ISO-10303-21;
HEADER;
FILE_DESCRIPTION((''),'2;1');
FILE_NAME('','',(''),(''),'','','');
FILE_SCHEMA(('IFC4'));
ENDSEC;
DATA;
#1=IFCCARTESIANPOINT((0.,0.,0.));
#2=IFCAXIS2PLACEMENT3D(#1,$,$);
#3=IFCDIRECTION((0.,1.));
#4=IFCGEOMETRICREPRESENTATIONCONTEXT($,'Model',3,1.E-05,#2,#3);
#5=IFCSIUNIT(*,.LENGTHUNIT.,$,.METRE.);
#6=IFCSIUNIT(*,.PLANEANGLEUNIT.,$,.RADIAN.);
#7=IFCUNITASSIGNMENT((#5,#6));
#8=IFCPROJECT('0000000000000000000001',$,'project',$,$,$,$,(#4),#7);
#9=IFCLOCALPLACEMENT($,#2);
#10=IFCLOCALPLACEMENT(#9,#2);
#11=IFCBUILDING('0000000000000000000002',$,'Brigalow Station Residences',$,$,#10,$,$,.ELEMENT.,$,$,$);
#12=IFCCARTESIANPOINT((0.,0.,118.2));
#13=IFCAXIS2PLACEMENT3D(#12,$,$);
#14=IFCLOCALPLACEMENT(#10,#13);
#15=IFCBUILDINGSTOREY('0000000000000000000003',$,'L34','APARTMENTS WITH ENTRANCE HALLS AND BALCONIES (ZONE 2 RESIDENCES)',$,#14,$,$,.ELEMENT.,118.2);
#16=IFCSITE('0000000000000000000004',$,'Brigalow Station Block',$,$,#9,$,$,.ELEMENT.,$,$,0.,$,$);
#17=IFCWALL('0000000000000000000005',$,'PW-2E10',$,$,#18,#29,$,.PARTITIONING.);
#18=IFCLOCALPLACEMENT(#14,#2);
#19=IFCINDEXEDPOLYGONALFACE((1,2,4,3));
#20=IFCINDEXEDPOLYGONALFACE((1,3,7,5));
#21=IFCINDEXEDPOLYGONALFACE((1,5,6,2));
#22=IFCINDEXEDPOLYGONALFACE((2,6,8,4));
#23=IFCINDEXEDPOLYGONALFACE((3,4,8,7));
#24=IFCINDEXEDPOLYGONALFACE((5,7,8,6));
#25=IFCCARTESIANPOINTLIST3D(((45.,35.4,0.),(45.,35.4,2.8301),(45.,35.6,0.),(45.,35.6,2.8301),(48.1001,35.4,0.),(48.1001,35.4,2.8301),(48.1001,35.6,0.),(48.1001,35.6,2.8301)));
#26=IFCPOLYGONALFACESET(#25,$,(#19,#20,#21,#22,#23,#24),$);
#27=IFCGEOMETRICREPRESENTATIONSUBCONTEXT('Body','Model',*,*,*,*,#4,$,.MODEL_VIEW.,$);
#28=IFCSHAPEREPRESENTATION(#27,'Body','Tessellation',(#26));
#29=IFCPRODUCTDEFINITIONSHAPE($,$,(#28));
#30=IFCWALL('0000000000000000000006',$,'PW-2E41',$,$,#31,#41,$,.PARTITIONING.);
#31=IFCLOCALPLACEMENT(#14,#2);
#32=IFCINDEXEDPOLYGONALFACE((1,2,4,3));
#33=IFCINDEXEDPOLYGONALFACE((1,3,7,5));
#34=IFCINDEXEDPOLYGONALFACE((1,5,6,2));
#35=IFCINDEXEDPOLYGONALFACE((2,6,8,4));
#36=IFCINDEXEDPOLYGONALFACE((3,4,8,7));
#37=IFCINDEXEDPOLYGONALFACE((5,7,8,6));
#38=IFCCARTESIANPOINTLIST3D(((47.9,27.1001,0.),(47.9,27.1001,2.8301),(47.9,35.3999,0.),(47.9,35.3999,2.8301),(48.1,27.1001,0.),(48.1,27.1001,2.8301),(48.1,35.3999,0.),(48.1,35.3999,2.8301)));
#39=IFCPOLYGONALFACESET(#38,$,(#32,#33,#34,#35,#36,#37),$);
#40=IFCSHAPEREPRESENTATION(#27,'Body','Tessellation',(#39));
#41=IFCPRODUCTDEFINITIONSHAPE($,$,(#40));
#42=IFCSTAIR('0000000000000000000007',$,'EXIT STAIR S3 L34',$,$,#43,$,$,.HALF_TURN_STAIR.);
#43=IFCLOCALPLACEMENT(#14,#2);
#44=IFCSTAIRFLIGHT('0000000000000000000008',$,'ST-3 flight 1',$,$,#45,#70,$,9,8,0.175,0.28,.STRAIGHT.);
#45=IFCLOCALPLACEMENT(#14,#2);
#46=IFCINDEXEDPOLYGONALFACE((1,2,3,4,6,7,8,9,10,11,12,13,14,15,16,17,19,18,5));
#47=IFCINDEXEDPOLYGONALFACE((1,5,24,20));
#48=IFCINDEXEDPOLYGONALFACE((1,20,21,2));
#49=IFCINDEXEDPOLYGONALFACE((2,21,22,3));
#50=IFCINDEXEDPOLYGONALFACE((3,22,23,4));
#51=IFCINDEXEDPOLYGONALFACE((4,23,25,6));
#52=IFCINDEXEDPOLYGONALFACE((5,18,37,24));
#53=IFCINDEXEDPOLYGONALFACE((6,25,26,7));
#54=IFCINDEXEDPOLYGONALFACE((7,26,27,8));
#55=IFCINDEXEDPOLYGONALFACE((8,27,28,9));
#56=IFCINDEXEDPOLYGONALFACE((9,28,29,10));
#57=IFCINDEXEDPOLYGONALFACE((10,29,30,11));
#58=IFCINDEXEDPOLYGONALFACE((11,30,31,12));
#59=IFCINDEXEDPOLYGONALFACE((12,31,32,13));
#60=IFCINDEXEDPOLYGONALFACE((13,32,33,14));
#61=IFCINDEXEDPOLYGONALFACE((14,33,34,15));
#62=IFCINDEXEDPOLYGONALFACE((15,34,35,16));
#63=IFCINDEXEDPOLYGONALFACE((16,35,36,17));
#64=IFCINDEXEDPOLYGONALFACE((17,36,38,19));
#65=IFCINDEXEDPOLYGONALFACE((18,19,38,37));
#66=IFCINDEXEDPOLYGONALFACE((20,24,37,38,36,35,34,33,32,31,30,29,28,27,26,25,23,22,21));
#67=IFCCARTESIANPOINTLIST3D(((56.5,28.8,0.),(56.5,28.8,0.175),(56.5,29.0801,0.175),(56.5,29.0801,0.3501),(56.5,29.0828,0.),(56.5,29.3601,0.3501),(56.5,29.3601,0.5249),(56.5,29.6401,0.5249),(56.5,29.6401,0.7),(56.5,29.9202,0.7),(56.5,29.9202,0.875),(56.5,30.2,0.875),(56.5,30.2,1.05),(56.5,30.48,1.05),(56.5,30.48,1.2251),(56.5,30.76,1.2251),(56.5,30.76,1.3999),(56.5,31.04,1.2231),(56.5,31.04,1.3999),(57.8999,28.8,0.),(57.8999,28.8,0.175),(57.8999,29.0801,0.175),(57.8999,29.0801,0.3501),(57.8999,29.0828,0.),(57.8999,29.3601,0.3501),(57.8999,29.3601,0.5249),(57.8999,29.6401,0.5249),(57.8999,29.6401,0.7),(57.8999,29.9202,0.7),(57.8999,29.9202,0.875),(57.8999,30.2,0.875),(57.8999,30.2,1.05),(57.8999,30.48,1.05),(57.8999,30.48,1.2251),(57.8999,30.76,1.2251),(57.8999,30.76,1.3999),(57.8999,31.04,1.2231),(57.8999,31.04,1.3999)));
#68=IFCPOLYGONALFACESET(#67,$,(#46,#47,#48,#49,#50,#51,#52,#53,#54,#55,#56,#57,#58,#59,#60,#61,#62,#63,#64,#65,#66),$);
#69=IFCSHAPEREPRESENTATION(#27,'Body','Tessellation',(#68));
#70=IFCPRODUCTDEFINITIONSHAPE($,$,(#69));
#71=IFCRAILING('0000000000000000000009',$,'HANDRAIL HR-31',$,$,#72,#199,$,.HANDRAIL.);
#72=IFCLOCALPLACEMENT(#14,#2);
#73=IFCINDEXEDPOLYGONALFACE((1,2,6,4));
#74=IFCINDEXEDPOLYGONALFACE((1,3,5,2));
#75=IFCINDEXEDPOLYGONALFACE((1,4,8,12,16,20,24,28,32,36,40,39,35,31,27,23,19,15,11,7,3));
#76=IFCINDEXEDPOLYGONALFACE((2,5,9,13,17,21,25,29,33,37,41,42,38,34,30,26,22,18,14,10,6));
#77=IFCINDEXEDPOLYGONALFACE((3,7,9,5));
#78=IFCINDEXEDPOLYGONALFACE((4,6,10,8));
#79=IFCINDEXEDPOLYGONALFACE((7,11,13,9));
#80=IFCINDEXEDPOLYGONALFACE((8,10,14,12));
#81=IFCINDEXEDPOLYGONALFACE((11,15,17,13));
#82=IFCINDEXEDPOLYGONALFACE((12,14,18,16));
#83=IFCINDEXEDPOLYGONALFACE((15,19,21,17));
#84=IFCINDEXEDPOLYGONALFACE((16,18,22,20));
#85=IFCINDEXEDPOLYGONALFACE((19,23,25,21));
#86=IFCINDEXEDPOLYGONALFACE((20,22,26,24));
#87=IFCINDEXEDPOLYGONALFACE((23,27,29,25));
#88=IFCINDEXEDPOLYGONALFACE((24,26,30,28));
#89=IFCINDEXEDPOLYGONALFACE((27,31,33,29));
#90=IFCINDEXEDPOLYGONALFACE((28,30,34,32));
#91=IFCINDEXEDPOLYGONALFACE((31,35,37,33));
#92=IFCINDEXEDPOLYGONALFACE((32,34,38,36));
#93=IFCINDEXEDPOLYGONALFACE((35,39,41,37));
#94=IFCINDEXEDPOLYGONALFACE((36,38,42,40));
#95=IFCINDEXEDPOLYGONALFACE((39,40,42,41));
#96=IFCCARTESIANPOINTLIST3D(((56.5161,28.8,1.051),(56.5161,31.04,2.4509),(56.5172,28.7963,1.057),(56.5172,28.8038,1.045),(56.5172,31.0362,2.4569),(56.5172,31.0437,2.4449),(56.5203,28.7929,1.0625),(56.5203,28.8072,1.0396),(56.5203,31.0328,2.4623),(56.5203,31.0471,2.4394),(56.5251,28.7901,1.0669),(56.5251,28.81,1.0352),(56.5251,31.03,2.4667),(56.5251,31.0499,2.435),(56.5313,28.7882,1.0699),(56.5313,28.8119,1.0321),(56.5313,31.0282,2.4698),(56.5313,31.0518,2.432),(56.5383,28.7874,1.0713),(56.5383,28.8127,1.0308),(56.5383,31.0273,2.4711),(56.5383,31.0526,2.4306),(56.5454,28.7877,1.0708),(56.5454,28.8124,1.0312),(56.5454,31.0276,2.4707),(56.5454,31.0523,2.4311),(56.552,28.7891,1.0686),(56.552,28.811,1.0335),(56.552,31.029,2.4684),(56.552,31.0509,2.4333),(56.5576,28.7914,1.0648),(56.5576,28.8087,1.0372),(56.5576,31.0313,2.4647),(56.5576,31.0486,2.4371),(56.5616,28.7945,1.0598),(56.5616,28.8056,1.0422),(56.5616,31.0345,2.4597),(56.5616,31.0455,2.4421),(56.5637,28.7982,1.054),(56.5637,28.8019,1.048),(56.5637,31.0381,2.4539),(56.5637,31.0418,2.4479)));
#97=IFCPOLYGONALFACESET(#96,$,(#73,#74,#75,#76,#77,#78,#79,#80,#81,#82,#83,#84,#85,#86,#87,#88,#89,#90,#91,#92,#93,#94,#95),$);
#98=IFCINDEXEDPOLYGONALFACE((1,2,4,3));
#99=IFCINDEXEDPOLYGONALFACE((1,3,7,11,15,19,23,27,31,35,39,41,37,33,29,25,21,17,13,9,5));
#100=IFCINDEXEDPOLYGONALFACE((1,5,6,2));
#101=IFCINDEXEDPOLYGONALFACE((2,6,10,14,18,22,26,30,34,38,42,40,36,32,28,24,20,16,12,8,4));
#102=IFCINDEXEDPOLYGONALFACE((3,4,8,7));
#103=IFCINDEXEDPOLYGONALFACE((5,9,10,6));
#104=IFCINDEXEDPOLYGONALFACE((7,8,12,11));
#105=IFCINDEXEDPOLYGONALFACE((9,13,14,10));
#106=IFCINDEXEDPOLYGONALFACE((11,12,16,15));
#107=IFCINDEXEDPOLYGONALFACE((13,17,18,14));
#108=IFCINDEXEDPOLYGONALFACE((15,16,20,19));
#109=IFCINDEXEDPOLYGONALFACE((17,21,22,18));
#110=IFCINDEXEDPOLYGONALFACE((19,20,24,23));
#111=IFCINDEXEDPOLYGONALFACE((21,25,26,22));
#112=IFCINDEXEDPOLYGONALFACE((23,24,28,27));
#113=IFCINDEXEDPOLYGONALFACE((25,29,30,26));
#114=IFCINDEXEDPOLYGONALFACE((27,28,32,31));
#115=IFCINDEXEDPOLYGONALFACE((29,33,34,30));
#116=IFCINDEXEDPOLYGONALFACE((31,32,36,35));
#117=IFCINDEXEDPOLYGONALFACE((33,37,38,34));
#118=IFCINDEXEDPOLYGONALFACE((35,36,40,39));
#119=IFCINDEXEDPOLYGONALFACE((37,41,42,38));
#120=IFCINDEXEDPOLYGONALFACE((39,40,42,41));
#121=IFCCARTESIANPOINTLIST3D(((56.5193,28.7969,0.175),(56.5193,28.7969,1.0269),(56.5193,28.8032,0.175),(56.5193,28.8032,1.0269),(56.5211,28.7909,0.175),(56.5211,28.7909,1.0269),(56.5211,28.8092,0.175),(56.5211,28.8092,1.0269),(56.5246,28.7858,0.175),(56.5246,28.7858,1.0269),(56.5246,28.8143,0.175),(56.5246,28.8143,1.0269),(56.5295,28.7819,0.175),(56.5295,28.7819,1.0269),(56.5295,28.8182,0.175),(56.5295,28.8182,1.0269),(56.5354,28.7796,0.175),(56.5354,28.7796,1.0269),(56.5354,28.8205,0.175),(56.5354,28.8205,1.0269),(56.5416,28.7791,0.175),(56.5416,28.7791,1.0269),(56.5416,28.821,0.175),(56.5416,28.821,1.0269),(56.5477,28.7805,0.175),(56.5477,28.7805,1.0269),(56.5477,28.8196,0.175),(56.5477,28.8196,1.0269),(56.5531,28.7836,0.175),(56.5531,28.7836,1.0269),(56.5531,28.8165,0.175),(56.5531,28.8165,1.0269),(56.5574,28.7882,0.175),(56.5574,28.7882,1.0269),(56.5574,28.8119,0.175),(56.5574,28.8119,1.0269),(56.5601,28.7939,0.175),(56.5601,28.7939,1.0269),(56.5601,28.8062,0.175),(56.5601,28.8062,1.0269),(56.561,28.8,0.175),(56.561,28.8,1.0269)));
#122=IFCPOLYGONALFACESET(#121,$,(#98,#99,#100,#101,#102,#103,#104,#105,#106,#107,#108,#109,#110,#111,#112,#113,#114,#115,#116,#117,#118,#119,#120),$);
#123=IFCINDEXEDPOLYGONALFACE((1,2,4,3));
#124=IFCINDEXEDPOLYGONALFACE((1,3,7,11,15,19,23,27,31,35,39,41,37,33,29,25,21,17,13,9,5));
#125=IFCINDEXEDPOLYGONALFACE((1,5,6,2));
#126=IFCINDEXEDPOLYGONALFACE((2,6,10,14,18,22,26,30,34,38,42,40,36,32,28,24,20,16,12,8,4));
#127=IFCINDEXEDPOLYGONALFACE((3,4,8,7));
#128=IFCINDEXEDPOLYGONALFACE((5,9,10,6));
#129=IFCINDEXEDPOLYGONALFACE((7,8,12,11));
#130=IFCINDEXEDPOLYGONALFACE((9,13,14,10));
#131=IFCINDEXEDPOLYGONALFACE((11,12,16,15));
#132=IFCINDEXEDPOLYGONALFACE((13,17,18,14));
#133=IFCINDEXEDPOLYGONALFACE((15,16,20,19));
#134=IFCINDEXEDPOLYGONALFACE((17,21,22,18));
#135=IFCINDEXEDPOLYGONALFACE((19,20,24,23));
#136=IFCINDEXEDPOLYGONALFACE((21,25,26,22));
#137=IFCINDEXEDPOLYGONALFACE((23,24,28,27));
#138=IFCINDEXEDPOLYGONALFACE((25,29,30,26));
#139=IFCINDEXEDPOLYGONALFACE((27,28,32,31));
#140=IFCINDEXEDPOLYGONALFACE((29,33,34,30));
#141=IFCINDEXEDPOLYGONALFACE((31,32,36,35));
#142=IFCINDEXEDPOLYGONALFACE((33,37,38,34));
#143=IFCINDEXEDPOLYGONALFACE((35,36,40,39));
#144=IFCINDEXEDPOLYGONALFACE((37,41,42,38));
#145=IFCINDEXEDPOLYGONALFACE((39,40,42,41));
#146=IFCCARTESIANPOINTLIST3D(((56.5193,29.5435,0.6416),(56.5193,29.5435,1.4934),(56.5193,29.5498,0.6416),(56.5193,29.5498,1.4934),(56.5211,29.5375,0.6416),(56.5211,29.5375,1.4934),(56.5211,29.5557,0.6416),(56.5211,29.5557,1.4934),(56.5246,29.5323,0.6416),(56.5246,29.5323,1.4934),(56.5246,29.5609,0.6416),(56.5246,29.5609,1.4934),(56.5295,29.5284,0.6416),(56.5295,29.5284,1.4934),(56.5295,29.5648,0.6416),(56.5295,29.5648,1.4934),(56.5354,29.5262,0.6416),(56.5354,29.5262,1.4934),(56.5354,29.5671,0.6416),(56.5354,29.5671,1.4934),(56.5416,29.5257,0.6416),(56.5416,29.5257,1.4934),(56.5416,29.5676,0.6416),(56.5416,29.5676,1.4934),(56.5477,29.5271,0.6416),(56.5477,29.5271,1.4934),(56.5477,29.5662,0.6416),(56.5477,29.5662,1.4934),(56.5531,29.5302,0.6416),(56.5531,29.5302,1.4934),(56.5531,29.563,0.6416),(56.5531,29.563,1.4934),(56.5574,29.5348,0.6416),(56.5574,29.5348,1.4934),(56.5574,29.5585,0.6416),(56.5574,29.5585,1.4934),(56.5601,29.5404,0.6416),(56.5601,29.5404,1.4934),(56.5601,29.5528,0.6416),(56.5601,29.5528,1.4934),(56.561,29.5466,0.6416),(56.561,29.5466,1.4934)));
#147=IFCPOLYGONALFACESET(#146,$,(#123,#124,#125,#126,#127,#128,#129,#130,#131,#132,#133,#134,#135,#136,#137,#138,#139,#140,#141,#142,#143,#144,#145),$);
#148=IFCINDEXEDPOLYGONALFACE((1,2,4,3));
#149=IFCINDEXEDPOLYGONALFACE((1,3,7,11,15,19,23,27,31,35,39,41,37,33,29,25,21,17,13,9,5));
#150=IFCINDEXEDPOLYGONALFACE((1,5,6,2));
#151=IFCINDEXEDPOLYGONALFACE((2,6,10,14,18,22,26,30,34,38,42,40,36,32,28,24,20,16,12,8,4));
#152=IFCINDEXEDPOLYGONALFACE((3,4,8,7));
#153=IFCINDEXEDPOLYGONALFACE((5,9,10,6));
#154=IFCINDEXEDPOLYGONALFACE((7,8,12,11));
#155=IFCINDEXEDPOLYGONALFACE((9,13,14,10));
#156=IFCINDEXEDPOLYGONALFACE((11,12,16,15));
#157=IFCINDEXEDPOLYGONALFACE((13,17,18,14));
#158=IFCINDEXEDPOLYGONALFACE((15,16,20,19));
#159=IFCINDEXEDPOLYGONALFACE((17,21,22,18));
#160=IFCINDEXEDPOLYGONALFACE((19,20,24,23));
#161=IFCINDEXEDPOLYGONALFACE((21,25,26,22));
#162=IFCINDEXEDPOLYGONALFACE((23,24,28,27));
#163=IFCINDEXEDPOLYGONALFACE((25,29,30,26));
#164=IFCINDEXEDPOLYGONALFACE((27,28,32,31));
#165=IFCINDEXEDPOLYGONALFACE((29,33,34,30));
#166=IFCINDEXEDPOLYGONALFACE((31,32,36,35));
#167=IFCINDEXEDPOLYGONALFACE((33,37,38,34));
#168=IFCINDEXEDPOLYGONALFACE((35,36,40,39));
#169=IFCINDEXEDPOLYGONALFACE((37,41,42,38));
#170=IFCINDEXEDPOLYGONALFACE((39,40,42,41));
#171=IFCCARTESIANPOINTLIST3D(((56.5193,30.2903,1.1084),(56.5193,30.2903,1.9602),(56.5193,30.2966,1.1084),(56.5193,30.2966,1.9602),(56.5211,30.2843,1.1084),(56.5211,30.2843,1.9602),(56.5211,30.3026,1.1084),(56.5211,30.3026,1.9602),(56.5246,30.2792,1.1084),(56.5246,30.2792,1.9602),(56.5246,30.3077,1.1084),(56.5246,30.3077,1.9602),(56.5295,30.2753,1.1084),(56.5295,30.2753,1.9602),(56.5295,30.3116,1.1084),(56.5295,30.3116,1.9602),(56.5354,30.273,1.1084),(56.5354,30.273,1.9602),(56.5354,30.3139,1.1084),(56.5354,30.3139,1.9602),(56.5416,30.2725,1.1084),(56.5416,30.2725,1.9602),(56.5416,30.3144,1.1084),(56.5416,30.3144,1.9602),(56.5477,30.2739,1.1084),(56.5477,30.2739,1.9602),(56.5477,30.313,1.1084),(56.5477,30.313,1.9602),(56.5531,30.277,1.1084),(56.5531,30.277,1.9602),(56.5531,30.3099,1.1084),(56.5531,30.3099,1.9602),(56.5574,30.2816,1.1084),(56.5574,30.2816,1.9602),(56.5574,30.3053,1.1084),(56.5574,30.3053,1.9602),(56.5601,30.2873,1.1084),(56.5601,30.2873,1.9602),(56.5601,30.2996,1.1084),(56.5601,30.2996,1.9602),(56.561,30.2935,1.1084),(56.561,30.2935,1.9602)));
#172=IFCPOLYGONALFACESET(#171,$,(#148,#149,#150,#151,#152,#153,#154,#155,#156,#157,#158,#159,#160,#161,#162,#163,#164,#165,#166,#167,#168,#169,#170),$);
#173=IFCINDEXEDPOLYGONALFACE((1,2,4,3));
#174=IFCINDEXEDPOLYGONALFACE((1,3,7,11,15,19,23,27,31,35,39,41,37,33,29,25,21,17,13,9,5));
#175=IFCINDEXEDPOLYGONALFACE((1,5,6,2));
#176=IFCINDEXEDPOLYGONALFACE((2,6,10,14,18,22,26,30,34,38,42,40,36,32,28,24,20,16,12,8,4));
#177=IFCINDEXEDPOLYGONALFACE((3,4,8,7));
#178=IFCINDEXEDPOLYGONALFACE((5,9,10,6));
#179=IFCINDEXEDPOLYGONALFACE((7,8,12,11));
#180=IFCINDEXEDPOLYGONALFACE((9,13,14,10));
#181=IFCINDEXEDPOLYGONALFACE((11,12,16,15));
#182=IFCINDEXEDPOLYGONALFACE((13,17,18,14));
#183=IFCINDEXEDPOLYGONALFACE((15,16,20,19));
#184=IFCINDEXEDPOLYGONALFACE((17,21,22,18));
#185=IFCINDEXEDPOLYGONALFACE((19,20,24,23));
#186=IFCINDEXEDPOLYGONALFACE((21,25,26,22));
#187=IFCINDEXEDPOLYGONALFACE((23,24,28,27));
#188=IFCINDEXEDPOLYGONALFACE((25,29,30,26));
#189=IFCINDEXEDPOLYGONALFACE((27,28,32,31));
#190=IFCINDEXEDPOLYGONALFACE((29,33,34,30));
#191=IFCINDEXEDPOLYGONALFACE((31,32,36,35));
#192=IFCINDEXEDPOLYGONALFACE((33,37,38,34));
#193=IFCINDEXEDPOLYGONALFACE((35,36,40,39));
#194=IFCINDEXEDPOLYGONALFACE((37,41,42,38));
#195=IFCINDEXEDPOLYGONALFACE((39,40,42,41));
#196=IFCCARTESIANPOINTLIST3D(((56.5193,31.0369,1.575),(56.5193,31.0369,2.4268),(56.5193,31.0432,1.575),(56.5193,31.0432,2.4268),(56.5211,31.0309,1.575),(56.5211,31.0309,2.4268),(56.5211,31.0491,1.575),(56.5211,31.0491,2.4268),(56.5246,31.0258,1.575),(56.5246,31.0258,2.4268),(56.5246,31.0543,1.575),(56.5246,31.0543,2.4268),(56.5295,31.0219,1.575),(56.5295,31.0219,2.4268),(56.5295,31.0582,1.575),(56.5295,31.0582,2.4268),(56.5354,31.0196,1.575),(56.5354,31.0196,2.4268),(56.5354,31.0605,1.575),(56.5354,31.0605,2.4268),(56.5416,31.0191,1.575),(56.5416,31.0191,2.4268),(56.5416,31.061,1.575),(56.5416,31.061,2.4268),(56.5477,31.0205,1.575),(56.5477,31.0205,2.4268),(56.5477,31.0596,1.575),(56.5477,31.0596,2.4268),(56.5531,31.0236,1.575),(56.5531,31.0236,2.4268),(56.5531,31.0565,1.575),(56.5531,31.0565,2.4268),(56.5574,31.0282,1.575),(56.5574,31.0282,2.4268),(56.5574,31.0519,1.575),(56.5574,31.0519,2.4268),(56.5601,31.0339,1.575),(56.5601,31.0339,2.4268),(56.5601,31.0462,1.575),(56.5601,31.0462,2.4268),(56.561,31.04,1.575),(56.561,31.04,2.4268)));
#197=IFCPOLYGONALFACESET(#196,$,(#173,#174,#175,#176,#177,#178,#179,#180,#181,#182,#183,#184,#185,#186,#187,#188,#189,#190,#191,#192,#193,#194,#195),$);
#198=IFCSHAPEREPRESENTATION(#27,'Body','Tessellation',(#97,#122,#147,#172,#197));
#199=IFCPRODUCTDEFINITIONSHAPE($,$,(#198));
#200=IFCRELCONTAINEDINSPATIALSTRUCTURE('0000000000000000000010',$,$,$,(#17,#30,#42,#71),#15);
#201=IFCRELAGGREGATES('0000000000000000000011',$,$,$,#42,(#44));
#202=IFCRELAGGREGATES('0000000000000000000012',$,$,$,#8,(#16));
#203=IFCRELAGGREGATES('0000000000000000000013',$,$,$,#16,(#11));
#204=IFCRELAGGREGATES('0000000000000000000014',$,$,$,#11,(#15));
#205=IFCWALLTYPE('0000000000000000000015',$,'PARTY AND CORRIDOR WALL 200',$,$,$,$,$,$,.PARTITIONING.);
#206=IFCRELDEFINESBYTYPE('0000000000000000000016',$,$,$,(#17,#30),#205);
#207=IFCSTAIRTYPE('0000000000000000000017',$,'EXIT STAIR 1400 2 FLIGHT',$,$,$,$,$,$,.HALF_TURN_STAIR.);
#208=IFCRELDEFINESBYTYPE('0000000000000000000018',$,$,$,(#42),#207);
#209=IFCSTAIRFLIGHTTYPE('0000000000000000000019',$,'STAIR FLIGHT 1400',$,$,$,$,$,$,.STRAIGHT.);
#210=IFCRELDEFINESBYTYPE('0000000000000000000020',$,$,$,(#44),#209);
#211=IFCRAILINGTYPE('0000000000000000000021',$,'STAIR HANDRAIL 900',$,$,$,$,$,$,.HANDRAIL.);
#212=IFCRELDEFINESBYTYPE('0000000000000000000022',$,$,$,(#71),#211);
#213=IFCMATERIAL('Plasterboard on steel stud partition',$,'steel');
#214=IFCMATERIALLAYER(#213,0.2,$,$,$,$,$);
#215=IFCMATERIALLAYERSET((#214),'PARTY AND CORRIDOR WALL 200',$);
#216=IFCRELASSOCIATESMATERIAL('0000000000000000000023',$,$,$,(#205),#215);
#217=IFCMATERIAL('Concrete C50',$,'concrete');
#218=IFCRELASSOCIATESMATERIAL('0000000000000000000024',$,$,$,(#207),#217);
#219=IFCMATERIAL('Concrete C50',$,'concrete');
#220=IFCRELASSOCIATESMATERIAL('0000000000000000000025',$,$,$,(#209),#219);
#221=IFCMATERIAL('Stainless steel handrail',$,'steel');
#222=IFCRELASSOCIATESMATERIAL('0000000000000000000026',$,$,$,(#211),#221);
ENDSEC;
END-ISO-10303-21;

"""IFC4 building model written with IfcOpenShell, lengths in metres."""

from ifc_helpers import new_model, si_unit, direction, frame, frame_2d, origin, origin_2d, place, context, subcontext, project, spatial, polyline, rectangle, circle, outline, extrude, material, layer, layer_set, type_object, element, aggregate, save


model = new_model("IFC4")

# Units and contexts
model_context = context("Model", 3, precision=1e-05, world=origin(), true_north=direction((0.0, 1.0)))
body_context = subcontext(model_context, "Body", "Model", "MODEL_VIEW")
ifc_project = project(units=[si_unit("LENGTHUNIT", "METRE"), si_unit("PLANEANGLEUNIT", "RADIAN")], contexts=[model_context])

# Site, building, storey
site_placement = place(None, origin())
site = spatial("IfcSite", under=ifc_project, at=site_placement, Name="Brigalow Station Block", CompositionType="ELEMENT", RefElevation=0.0)
building_placement = place(site_placement, origin())
building = spatial("IfcBuilding", under=site, at=building_placement, Name="Brigalow Station Residences", CompositionType="ELEMENT")
storey_placement = place(building_placement, frame((0.0, 0.0, 118.2)))
storey = spatial("IfcBuildingStorey", under=building, at=storey_placement, Name="L34", Description="APARTMENTS WITH ENTRANCE HALLS AND BALCONIES (ZONE 2 RESIDENCES)", CompositionType="ELEMENT", Elevation=118.2)

# Shared definitions
ifc_material_1 = material(Name="Plasterboard on steel stud partition", Category="steel")
ifc_layer_1 = layer(ifc_material_1, 0.2)
ifc_layer_set_1 = layer_set([ifc_layer_1], Name="PARTY AND CORRIDOR WALL 200")
wall_type_1 = type_object("IfcWallType", Name="PARTY AND CORRIDOR WALL 200", PredefinedType="PARTITIONING", material=ifc_layer_set_1)

# Walls
wall_1_placement = place(storey_placement, frame((45.0, 35.5, 0.0), z_axis=(0.0, 0.0, 1.0), x_axis=(1.0, 0.0, 0.0)))
element("IfcWall", 1, at=wall_1_placement, inside=storey, type_object=wall_type_1, Name="PW-2E10", PredefinedType="PARTITIONING", context=body_context, shape_type="SweptSolid", body=[
    extrude(rectangle(XDim=3.1001, YDim=0.2, at=frame_2d((1.55, 0.0))), origin(), (0.0, 0.0, 1.0), 2.8301),
])
wall_2_placement = place(storey_placement, frame((48.0, 27.1001, 0.0), z_axis=(0.0, 0.0, 1.0), x_axis=(0.0, 1.0, 0.0)))
element("IfcWall", 2, at=wall_2_placement, inside=storey, type_object=wall_type_1, Name="PW-2E41", PredefinedType="PARTITIONING", context=body_context, shape_type="SweptSolid", body=[
    extrude(rectangle(XDim=8.2998, YDim=0.2, at=frame_2d((4.1499, 0.0))), origin(), (0.0, 0.0, 1.0), 2.8301),
])

# Stair, stair flight
ifc_material_2 = material(Name="Concrete C50", Category="concrete")
stair_type = type_object("IfcStairType", Name="EXIT STAIR 1400 2 FLIGHT", PredefinedType="HALF_TURN_STAIR", material=ifc_material_2)
stair_placement = place(storey_placement, origin())
stair = element("IfcStair", 3, at=stair_placement, inside=storey, type_object=stair_type, Name="EXIT STAIR S3 L34", PredefinedType="HALF_TURN_STAIR")
ifc_material_3 = material(Name="Concrete C50", Category="concrete")
stair_flight_type = type_object("IfcStairFlightType", Name="STAIR FLIGHT 1400", PredefinedType="STRAIGHT", material=ifc_material_3)
stair_flight_placement = place(storey_placement, frame((57.2, 28.8, 0.0), z_axis=(0.0, 0.0, 1.0), x_axis=(0.0, 1.0, 0.0)))
stair_flight = element("IfcStairFlight", 4, at=stair_flight_placement, type_object=stair_flight_type, Name="ST-3 flight 1", NumberOfRisers=9, NumberOfTreads=8, PredefinedType="STRAIGHT", RiserHeight=0.175, TreadLength=0.28, context=body_context, shape_type="SweptSolid", body=[
    extrude(outline(polyline([(0.0, 0.0), (0.0, 0.175), (0.28, 0.175), (0.28, 0.3501), (0.5601, 0.3501), (0.5601, 0.5249), (0.8401, 0.5249), (0.8401, 0.7), (1.1201, 0.7), (1.1201, 0.875), (1.3999, 0.875), (1.3999, 1.05), (1.6799, 1.05), (1.6799, 1.2251), (1.96, 1.2251), (1.96, 1.3999), (2.24, 1.3999), (2.24, 1.575), (2.24, 1.2231), (0.2827, 0.0), (0.0, 0.0)])), frame((0.0, 0.7, 0.0), z_axis=(0.0, -1.0, 0.0), x_axis=(1.0, 0.0, 0.0)), (0.0, 0.0, 1.0), 1.3999),
])
aggregate(stair, [stair_flight])

# Railing
ifc_material_4 = material(Name="Stainless steel handrail", Category="steel")
railing_type_1 = type_object("IfcRailingType", Name="STAIR HANDRAIL 900", PredefinedType="HANDRAIL", material=ifc_material_4)
railing_1_placement = place(storey_placement, frame((56.54, 28.8, 0.175)))
element("IfcRailing", 5, at=railing_1_placement, inside=storey, type_object=railing_type_1, Name="HANDRAIL HR-31", PredefinedType="HANDRAIL", context=body_context, shape_type="SweptSolid", body=[
    extrude(circle(Radius=0.0239, at=origin_2d()), frame((0.0, 0.0, 0.876), z_axis=(0.0, 0.848014, 0.529974), x_axis=(-1.0, 0.0, 0.0)), (0.0, 0.0, 1.0), 2.6414),
    extrude(circle(Radius=0.021, at=origin_2d()), origin(), (0.0, 0.0, 1.0), 0.8518),
    extrude(circle(Radius=0.021, at=origin_2d()), frame((0.0, 0.7466, 0.4666)), (0.0, 0.0, 1.0), 0.8518),
    extrude(circle(Radius=0.021, at=origin_2d()), frame((0.0, 1.4934, 0.9333)), (0.0, 0.0, 1.0), 0.8518),
    extrude(circle(Radius=0.021, at=origin_2d()), frame((0.0, 2.24, 1.3999)), (0.0, 0.0, 1.0), 0.8518),
])

save(model, "model.ifc")
